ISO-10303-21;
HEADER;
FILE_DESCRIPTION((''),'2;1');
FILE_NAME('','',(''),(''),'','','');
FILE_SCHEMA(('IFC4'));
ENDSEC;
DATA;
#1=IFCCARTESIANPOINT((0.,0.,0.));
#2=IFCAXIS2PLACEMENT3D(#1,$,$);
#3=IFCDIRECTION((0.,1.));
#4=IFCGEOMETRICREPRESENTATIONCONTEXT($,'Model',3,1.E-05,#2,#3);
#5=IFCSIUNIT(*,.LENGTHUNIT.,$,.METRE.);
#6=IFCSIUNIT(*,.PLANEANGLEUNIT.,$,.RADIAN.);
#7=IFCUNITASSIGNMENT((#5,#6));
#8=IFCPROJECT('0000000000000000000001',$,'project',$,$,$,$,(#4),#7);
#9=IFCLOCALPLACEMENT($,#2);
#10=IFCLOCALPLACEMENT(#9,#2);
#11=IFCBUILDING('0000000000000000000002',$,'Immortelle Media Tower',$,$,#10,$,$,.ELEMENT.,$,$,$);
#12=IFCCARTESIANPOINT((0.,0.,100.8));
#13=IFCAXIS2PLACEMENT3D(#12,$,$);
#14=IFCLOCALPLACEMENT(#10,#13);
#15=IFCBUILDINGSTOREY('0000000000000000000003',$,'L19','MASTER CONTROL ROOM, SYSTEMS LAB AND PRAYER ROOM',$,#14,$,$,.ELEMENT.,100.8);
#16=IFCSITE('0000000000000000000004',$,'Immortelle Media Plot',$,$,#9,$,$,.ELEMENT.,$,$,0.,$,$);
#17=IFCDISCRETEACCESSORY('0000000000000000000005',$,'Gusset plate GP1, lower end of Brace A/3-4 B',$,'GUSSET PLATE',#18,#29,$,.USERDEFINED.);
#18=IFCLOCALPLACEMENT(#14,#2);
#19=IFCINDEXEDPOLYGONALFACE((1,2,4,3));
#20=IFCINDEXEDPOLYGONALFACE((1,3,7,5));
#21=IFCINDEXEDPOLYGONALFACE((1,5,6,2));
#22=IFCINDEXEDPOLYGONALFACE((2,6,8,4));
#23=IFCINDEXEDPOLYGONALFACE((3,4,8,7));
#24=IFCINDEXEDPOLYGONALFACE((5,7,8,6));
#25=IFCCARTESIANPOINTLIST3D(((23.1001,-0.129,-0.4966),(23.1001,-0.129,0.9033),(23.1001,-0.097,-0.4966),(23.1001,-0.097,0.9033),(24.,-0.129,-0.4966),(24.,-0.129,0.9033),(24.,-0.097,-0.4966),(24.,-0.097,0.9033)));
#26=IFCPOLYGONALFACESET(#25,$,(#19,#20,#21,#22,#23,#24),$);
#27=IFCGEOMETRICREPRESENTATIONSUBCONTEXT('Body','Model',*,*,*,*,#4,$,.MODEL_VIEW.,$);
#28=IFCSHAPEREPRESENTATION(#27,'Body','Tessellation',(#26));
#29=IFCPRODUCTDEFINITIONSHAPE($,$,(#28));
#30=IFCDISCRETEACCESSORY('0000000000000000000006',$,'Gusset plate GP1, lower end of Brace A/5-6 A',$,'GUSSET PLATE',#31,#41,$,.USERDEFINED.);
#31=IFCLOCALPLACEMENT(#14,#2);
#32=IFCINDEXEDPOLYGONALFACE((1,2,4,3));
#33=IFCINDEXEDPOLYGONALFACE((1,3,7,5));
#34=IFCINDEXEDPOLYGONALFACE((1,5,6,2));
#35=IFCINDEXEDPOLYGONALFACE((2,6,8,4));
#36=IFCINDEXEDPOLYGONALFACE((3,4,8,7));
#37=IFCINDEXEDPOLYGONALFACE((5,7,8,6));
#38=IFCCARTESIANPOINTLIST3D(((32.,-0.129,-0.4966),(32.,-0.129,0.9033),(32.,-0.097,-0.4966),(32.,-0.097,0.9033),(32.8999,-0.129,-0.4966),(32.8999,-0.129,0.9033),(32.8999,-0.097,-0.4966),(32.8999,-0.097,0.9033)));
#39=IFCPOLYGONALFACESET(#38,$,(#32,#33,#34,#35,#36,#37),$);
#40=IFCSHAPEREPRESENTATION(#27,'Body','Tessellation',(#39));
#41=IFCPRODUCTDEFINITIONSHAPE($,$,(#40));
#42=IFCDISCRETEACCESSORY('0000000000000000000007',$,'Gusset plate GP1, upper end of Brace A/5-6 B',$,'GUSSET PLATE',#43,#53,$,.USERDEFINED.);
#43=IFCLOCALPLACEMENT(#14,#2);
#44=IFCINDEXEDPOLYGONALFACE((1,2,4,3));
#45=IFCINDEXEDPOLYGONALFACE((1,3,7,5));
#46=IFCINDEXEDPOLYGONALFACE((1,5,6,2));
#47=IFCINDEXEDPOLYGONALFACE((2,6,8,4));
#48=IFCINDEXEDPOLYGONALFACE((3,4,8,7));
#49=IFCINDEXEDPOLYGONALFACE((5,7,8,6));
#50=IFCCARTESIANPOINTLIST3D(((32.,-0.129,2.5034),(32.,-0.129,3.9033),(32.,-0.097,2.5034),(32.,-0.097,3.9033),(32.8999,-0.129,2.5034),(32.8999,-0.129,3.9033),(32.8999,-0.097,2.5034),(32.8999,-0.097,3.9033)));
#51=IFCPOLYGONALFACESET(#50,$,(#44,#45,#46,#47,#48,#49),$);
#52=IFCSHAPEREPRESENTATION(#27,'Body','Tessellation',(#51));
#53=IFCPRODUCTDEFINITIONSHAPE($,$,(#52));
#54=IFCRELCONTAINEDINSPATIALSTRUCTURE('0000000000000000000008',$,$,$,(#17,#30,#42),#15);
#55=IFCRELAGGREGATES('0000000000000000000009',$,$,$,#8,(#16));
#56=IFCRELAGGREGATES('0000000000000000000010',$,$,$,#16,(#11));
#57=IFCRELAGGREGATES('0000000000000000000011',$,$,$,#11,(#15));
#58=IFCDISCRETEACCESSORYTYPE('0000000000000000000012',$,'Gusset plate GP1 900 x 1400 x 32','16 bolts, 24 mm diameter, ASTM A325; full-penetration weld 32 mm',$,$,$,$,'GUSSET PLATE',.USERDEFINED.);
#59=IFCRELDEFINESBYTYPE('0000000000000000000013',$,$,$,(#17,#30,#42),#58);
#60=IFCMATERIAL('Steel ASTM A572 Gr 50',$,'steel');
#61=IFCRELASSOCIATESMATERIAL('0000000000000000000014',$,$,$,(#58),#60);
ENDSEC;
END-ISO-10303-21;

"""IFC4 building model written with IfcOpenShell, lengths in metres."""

from ifc_helpers import new_model, si_unit, direction, frame, origin, origin_2d, place, context, subcontext, project, spatial, rectangle, extrude, material, material_profile, profile_set, type_object, element, save


model = new_model("IFC4")

# Units and contexts
model_context = context("Model", 3, precision=1e-05, world=origin(), true_north=direction((0.0, 1.0)))
body_context = subcontext(model_context, "Body", "Model", "MODEL_VIEW")
ifc_project = project(units=[si_unit("LENGTHUNIT", "METRE"), si_unit("PLANEANGLEUNIT", "RADIAN")], contexts=[model_context])

# Site, building, storey
site_placement = place(None, origin())
site = spatial("IfcSite", under=ifc_project, at=site_placement, Name="Immortelle Media Plot", CompositionType="ELEMENT", RefElevation=0.0)
building_placement = place(site_placement, origin())
building = spatial("IfcBuilding", under=site, at=building_placement, Name="Immortelle Media Tower", CompositionType="ELEMENT")
storey_placement = place(building_placement, frame((0.0, 0.0, 100.8)))
storey = spatial("IfcBuildingStorey", under=building, at=storey_placement, Name="L19", Description="MASTER CONTROL ROOM, SYSTEMS LAB AND PRAYER ROOM", CompositionType="ELEMENT", Elevation=100.8)

# Discrete accessories
ifc_material_1 = material(Name="Steel ASTM A572 Gr 50", Category="steel")
ifc_material_profile_1 = material_profile(ifc_material_1, rectangle(XDim=0.032, YDim=1.3999, at=origin_2d()), Name="PL 32 x 1400")
ifc_profile_set_1 = profile_set([ifc_material_profile_1], Name="Steel ASTM A572 Gr 50")
discrete_accessory_type_1 = type_object("IfcDiscreteAccessoryType", Name="Gusset plate GP1 900 x 1400 x 32", Description="16 bolts, 24 mm diameter, ASTM A325; full-penetration weld 32 mm", ElementType="GUSSET PLATE", PredefinedType="USERDEFINED", material=ifc_profile_set_1)
for number, where, z_axis, x_axis, name in (
    (1, (24.0, -0.113, 0.2034), (-1.0, 0.0, 0.0), (0.0, -1.0, 0.0), "Gusset plate GP1, lower end of Brace A/3-4 B"),
    (2, (32.0, -0.113, 0.2034), (1.0, 0.0, 0.0), (0.0, 1.0, 0.0), "Gusset plate GP1, lower end of Brace A/5-6 A"),
    (3, (32.0, -0.113, 3.2034), (1.0, 0.0, 0.0), (0.0, 1.0, 0.0), "Gusset plate GP1, upper end of Brace A/5-6 B"),
):
    element("IfcDiscreteAccessory", number, at=place(storey_placement, frame(where, z_axis=z_axis, x_axis=x_axis)), inside=storey, type_object=discrete_accessory_type_1, Name=name, ObjectType="GUSSET PLATE", PredefinedType="USERDEFINED", context=body_context, shape_type="SweptSolid", body=[
        extrude(rectangle(XDim=0.032, YDim=1.3999, at=origin_2d()), origin(), (0.0, 0.0, 1.0), 0.8999),
    ])

save(model, "model.ifc")
